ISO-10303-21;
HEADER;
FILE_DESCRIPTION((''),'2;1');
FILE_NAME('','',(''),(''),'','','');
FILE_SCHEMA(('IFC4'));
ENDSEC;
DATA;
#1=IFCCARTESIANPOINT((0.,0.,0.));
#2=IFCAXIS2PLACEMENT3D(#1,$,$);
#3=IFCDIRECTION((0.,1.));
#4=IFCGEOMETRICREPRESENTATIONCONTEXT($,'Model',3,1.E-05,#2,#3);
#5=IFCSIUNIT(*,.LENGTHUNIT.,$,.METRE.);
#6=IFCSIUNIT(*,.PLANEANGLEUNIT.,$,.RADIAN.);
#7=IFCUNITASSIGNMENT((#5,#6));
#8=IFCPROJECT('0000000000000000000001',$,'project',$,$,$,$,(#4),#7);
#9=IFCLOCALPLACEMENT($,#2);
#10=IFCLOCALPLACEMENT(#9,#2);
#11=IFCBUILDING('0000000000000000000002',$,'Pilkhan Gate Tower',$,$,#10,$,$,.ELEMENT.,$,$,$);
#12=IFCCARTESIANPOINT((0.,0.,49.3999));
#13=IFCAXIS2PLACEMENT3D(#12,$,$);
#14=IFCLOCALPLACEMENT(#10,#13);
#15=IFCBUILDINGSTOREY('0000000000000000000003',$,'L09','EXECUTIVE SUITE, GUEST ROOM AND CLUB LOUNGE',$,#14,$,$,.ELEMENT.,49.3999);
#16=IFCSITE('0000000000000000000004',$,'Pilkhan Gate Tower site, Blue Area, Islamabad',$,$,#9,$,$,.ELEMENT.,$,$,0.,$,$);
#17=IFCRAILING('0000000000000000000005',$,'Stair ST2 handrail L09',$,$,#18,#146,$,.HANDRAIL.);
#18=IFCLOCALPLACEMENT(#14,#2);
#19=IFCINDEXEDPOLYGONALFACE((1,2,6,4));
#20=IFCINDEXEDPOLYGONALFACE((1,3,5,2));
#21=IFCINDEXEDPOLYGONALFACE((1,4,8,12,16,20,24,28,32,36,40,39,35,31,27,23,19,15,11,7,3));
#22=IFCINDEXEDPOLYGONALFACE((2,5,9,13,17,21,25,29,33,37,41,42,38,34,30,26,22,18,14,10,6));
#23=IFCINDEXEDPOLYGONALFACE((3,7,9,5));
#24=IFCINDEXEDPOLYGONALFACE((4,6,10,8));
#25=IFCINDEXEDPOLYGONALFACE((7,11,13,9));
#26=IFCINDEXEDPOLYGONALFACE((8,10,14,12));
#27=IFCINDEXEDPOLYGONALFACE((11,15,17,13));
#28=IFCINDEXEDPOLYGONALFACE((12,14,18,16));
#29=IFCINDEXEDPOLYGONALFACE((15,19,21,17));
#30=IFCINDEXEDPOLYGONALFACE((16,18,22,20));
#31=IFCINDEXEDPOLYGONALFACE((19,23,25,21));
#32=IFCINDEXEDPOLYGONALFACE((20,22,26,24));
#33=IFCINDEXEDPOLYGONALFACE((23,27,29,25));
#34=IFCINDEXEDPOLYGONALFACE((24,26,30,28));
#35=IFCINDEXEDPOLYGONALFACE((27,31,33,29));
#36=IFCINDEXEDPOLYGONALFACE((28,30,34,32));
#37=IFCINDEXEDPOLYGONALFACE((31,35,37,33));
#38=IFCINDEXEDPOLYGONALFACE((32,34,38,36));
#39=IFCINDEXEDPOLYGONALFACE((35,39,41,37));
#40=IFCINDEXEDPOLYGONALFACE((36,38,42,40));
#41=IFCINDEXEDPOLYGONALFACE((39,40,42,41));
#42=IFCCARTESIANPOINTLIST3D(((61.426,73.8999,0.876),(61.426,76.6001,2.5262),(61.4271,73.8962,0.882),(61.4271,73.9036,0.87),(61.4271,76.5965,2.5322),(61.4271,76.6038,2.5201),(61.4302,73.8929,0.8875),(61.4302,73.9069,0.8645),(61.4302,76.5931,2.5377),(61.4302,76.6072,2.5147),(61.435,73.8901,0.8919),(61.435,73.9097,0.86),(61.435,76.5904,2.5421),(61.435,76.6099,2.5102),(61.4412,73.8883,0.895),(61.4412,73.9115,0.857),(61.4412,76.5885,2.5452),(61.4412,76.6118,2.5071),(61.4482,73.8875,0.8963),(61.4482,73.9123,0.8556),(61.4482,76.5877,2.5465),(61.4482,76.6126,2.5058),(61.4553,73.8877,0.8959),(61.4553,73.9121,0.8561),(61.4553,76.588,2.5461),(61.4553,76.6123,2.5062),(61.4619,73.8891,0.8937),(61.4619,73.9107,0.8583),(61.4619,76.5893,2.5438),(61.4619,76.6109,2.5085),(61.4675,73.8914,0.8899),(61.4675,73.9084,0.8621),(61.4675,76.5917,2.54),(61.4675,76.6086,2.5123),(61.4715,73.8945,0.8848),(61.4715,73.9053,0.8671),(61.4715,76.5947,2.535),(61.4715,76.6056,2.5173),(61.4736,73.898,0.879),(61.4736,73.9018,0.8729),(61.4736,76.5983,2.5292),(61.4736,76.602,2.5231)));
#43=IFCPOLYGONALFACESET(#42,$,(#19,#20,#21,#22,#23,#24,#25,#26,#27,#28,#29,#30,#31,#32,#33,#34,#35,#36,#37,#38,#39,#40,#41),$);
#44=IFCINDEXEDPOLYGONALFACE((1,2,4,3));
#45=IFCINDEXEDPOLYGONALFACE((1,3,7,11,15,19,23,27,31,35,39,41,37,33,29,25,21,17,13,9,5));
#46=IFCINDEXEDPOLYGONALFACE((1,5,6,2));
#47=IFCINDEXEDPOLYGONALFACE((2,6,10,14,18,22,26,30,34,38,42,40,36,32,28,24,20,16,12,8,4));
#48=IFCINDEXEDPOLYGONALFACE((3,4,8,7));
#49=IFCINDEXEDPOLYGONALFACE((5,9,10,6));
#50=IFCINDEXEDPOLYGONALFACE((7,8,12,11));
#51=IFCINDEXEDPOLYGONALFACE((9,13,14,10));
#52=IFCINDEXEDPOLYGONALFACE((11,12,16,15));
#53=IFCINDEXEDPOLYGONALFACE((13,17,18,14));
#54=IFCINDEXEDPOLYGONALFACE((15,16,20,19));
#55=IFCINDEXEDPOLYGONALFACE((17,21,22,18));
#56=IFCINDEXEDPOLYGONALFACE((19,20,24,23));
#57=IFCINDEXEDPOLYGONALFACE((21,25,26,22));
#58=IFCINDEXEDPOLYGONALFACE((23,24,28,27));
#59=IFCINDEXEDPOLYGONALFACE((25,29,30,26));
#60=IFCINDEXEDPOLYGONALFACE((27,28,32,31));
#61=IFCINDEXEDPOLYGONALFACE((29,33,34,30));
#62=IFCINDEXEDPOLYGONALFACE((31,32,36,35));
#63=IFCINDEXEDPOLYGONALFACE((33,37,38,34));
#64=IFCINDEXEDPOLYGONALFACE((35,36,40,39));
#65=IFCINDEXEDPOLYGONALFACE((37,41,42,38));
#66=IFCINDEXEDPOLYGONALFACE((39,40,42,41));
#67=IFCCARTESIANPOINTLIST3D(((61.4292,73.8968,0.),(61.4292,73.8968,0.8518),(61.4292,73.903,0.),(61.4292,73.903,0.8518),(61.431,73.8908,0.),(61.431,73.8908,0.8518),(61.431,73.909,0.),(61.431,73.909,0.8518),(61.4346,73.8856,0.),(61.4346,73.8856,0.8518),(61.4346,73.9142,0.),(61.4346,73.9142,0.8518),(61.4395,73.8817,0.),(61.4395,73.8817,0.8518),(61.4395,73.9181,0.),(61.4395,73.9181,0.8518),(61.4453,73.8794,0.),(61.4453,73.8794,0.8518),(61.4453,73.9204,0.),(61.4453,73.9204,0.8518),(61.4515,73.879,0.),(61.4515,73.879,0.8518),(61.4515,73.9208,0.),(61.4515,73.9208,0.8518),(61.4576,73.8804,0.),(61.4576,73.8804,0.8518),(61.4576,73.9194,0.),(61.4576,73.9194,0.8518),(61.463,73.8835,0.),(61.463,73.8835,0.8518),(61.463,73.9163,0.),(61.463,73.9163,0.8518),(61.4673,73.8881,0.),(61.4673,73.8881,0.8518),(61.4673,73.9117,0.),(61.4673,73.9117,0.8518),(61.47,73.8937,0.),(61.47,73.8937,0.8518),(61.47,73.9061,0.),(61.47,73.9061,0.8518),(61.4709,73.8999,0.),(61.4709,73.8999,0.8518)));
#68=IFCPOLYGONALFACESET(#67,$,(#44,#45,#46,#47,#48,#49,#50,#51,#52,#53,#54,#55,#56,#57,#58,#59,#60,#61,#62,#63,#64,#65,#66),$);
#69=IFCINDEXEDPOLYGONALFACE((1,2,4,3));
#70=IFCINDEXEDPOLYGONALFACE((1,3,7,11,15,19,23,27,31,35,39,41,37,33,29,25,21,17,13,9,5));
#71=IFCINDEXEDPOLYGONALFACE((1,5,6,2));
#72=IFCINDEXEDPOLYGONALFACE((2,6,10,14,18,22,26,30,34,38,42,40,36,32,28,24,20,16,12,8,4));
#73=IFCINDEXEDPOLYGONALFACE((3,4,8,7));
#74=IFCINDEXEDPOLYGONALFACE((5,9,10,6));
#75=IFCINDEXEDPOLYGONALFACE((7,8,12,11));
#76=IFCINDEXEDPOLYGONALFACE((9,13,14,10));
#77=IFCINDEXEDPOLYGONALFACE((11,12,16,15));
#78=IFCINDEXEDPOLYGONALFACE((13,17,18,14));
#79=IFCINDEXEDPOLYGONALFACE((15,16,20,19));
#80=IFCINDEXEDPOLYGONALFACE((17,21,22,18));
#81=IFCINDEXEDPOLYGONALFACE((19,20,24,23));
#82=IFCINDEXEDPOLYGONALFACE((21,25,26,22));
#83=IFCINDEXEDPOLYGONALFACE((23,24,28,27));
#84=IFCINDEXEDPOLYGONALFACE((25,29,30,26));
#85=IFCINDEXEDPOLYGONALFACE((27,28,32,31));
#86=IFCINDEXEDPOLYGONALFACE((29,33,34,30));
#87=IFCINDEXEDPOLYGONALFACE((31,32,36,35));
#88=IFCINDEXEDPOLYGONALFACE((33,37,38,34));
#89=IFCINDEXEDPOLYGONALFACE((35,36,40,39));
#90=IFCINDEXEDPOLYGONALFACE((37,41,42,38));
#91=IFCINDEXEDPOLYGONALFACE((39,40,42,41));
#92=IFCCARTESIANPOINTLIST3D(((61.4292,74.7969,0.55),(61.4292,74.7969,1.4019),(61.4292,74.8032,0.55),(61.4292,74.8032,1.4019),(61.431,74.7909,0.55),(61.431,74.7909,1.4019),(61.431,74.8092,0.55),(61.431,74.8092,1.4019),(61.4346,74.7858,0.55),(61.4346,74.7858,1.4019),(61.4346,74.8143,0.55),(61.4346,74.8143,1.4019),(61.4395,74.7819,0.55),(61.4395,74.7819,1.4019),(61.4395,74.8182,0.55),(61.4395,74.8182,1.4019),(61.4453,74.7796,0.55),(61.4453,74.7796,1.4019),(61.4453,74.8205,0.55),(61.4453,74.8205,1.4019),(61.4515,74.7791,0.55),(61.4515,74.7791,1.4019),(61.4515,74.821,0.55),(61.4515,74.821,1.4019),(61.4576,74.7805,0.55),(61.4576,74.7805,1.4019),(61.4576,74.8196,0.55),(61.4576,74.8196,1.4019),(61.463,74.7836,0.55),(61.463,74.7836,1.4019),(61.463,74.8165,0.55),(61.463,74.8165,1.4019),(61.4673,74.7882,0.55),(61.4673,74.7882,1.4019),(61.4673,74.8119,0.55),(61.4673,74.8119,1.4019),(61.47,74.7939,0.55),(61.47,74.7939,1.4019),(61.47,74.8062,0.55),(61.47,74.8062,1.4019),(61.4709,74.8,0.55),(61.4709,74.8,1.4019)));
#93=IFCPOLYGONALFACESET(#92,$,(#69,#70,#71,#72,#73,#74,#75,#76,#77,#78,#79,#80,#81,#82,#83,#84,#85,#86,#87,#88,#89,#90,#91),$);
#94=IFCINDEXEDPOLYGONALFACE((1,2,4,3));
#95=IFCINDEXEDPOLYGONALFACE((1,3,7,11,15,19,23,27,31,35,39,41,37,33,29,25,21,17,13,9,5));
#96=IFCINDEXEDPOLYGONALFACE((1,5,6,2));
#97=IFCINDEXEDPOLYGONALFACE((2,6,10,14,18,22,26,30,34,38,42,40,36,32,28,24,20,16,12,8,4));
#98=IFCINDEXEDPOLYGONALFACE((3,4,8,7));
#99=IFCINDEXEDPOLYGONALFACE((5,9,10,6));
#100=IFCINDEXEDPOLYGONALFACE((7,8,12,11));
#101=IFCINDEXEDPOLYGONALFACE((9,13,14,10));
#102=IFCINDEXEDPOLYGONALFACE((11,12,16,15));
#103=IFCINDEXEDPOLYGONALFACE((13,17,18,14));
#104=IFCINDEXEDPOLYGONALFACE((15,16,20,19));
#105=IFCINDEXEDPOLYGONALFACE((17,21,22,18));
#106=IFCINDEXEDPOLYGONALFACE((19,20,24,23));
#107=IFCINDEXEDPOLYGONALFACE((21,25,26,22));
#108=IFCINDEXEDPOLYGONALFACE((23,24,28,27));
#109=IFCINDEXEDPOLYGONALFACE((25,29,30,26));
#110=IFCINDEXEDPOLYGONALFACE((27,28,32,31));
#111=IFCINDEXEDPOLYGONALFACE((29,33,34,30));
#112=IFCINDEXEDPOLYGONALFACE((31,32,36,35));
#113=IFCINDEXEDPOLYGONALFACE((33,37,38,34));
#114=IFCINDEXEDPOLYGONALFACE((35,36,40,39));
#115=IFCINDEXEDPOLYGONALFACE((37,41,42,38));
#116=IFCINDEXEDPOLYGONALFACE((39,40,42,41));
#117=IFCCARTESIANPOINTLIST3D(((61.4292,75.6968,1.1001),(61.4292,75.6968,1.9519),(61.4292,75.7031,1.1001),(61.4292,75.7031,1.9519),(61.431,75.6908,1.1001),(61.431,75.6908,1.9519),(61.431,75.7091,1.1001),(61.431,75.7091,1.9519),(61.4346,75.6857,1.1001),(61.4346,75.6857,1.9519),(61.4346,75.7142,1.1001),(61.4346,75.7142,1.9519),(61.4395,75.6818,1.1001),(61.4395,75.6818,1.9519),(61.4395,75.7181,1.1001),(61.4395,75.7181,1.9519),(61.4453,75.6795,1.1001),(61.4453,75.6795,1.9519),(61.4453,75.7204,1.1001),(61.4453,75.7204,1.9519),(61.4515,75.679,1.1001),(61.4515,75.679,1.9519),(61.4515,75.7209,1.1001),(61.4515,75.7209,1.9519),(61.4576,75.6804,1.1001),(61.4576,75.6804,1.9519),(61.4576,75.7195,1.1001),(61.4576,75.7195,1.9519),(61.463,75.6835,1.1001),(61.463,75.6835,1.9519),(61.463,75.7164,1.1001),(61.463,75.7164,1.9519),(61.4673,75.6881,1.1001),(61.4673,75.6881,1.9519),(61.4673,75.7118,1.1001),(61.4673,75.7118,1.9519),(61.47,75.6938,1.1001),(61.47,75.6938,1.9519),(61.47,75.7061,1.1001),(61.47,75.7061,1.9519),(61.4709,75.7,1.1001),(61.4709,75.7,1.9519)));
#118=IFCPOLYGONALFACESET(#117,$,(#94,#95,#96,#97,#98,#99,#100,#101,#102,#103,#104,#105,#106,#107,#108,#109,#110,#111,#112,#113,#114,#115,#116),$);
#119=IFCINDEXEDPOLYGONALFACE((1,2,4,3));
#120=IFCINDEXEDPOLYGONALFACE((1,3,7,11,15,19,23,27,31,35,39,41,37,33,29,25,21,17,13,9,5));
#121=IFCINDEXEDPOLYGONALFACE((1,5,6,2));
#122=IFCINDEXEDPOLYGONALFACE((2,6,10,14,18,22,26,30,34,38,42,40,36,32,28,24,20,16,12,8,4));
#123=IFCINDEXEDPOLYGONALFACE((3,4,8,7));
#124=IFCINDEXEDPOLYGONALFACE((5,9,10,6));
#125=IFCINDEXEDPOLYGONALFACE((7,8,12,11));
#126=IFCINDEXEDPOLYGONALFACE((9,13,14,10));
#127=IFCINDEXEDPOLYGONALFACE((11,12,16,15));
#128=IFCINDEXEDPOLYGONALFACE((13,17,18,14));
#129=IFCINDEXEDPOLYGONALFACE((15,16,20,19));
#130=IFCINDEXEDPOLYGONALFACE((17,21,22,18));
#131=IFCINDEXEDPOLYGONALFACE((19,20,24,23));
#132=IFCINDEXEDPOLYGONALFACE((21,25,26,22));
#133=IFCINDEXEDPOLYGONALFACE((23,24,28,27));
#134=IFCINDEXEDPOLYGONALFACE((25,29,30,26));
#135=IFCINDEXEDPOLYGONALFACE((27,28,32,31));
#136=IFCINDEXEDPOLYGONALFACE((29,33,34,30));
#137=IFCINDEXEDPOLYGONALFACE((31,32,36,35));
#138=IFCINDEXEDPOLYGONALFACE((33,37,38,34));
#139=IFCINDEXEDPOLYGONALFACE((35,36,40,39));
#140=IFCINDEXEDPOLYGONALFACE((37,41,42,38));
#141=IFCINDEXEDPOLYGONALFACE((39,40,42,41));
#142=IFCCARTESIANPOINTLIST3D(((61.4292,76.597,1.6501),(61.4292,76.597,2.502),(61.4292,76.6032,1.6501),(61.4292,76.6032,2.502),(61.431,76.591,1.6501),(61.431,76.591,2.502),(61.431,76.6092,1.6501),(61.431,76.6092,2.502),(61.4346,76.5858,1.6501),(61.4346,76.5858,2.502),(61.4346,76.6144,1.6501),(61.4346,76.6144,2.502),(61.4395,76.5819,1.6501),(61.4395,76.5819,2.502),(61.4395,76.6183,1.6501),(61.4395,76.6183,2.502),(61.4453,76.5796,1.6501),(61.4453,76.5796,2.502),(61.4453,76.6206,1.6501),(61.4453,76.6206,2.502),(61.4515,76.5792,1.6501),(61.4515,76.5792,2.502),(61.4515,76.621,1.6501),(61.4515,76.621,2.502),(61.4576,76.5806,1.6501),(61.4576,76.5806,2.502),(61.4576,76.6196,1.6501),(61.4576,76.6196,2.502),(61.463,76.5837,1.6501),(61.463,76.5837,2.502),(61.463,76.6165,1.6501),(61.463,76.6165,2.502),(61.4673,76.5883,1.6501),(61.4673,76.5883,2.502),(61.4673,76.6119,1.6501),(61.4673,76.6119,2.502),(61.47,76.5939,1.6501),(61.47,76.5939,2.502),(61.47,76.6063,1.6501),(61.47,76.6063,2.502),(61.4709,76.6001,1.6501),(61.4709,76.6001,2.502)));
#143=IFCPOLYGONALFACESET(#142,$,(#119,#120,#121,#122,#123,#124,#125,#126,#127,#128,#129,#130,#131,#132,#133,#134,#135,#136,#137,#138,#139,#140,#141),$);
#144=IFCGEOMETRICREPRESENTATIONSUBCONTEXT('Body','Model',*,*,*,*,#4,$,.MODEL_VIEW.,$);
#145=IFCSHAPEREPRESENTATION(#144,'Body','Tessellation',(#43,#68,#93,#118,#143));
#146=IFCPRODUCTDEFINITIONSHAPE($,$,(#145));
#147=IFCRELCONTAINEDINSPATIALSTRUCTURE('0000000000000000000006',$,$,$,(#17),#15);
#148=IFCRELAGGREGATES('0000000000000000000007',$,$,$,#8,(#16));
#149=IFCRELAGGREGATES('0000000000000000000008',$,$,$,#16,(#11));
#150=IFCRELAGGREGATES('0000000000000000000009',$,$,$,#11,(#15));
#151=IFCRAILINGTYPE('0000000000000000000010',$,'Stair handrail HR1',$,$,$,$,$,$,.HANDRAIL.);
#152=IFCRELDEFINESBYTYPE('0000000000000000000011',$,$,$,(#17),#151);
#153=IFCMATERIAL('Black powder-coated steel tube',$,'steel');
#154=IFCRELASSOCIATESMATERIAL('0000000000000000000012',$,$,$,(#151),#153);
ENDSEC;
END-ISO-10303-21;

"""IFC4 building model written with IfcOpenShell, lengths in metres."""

from ifc_helpers import new_model, si_unit, direction, frame, origin, origin_2d, place, context, subcontext, project, spatial, circle, extrude, material, type_object, element, save


model = new_model("IFC4")

# Units and contexts
model_context = context("Model", 3, precision=1e-05, world=origin(), true_north=direction((0.0, 1.0)))
body_context = subcontext(model_context, "Body", "Model", "MODEL_VIEW")
ifc_project = project(units=[si_unit("LENGTHUNIT", "METRE"), si_unit("PLANEANGLEUNIT", "RADIAN")], contexts=[model_context])

# Site, building, storey
site_placement = place(None, origin())
site = spatial("IfcSite", under=ifc_project, at=site_placement, Name="Pilkhan Gate Tower site, Blue Area, Islamabad", CompositionType="ELEMENT", RefElevation=0.0)
building_placement = place(site_placement, origin())
building = spatial("IfcBuilding", under=site, at=building_placement, Name="Pilkhan Gate Tower", CompositionType="ELEMENT")
storey_placement = place(building_placement, frame((0.0, 0.0, 49.3999)))
storey = spatial("IfcBuildingStorey", under=building, at=storey_placement, Name="L09", Description="EXECUTIVE SUITE, GUEST ROOM AND CLUB LOUNGE", CompositionType="ELEMENT", Elevation=49.3999)

# Railing
ifc_material_1 = material(Name="Black powder-coated steel tube", Category="steel")
railing_type_1 = type_object("IfcRailingType", Name="Stair handrail HR1", PredefinedType="HANDRAIL", material=ifc_material_1)
railing_1_placement = place(storey_placement, frame((61.45, 73.8999, 0.0)))
element("IfcRailing", 1, at=railing_1_placement, inside=storey, type_object=railing_type_1, Name="Stair ST2 handrail L09", PredefinedType="HANDRAIL", context=body_context, shape_type="SweptSolid", body=[
    extrude(circle(Radius=0.0239, at=origin_2d()), frame((0.0, 0.0, 0.876), z_axis=(0.0, 0.853278, 0.521456), x_axis=(-1.0, 0.0, 0.0)), (0.0, 0.0, 1.0), 3.1646),
    extrude(circle(Radius=0.021, at=origin_2d()), origin(), (0.0, 0.0, 1.0), 0.8518),
    extrude(circle(Radius=0.021, at=origin_2d()), frame((0.0, 0.9001, 0.55)), (0.0, 0.0, 1.0), 0.8518),
    extrude(circle(Radius=0.021, at=origin_2d()), frame((0.0, 1.8, 1.1001)), (0.0, 0.0, 1.0), 0.8518),
    extrude(circle(Radius=0.021, at=origin_2d()), frame((0.0, 2.7002, 1.6501)), (0.0, 0.0, 1.0), 0.8518),
])

save(model, "model.ifc")
